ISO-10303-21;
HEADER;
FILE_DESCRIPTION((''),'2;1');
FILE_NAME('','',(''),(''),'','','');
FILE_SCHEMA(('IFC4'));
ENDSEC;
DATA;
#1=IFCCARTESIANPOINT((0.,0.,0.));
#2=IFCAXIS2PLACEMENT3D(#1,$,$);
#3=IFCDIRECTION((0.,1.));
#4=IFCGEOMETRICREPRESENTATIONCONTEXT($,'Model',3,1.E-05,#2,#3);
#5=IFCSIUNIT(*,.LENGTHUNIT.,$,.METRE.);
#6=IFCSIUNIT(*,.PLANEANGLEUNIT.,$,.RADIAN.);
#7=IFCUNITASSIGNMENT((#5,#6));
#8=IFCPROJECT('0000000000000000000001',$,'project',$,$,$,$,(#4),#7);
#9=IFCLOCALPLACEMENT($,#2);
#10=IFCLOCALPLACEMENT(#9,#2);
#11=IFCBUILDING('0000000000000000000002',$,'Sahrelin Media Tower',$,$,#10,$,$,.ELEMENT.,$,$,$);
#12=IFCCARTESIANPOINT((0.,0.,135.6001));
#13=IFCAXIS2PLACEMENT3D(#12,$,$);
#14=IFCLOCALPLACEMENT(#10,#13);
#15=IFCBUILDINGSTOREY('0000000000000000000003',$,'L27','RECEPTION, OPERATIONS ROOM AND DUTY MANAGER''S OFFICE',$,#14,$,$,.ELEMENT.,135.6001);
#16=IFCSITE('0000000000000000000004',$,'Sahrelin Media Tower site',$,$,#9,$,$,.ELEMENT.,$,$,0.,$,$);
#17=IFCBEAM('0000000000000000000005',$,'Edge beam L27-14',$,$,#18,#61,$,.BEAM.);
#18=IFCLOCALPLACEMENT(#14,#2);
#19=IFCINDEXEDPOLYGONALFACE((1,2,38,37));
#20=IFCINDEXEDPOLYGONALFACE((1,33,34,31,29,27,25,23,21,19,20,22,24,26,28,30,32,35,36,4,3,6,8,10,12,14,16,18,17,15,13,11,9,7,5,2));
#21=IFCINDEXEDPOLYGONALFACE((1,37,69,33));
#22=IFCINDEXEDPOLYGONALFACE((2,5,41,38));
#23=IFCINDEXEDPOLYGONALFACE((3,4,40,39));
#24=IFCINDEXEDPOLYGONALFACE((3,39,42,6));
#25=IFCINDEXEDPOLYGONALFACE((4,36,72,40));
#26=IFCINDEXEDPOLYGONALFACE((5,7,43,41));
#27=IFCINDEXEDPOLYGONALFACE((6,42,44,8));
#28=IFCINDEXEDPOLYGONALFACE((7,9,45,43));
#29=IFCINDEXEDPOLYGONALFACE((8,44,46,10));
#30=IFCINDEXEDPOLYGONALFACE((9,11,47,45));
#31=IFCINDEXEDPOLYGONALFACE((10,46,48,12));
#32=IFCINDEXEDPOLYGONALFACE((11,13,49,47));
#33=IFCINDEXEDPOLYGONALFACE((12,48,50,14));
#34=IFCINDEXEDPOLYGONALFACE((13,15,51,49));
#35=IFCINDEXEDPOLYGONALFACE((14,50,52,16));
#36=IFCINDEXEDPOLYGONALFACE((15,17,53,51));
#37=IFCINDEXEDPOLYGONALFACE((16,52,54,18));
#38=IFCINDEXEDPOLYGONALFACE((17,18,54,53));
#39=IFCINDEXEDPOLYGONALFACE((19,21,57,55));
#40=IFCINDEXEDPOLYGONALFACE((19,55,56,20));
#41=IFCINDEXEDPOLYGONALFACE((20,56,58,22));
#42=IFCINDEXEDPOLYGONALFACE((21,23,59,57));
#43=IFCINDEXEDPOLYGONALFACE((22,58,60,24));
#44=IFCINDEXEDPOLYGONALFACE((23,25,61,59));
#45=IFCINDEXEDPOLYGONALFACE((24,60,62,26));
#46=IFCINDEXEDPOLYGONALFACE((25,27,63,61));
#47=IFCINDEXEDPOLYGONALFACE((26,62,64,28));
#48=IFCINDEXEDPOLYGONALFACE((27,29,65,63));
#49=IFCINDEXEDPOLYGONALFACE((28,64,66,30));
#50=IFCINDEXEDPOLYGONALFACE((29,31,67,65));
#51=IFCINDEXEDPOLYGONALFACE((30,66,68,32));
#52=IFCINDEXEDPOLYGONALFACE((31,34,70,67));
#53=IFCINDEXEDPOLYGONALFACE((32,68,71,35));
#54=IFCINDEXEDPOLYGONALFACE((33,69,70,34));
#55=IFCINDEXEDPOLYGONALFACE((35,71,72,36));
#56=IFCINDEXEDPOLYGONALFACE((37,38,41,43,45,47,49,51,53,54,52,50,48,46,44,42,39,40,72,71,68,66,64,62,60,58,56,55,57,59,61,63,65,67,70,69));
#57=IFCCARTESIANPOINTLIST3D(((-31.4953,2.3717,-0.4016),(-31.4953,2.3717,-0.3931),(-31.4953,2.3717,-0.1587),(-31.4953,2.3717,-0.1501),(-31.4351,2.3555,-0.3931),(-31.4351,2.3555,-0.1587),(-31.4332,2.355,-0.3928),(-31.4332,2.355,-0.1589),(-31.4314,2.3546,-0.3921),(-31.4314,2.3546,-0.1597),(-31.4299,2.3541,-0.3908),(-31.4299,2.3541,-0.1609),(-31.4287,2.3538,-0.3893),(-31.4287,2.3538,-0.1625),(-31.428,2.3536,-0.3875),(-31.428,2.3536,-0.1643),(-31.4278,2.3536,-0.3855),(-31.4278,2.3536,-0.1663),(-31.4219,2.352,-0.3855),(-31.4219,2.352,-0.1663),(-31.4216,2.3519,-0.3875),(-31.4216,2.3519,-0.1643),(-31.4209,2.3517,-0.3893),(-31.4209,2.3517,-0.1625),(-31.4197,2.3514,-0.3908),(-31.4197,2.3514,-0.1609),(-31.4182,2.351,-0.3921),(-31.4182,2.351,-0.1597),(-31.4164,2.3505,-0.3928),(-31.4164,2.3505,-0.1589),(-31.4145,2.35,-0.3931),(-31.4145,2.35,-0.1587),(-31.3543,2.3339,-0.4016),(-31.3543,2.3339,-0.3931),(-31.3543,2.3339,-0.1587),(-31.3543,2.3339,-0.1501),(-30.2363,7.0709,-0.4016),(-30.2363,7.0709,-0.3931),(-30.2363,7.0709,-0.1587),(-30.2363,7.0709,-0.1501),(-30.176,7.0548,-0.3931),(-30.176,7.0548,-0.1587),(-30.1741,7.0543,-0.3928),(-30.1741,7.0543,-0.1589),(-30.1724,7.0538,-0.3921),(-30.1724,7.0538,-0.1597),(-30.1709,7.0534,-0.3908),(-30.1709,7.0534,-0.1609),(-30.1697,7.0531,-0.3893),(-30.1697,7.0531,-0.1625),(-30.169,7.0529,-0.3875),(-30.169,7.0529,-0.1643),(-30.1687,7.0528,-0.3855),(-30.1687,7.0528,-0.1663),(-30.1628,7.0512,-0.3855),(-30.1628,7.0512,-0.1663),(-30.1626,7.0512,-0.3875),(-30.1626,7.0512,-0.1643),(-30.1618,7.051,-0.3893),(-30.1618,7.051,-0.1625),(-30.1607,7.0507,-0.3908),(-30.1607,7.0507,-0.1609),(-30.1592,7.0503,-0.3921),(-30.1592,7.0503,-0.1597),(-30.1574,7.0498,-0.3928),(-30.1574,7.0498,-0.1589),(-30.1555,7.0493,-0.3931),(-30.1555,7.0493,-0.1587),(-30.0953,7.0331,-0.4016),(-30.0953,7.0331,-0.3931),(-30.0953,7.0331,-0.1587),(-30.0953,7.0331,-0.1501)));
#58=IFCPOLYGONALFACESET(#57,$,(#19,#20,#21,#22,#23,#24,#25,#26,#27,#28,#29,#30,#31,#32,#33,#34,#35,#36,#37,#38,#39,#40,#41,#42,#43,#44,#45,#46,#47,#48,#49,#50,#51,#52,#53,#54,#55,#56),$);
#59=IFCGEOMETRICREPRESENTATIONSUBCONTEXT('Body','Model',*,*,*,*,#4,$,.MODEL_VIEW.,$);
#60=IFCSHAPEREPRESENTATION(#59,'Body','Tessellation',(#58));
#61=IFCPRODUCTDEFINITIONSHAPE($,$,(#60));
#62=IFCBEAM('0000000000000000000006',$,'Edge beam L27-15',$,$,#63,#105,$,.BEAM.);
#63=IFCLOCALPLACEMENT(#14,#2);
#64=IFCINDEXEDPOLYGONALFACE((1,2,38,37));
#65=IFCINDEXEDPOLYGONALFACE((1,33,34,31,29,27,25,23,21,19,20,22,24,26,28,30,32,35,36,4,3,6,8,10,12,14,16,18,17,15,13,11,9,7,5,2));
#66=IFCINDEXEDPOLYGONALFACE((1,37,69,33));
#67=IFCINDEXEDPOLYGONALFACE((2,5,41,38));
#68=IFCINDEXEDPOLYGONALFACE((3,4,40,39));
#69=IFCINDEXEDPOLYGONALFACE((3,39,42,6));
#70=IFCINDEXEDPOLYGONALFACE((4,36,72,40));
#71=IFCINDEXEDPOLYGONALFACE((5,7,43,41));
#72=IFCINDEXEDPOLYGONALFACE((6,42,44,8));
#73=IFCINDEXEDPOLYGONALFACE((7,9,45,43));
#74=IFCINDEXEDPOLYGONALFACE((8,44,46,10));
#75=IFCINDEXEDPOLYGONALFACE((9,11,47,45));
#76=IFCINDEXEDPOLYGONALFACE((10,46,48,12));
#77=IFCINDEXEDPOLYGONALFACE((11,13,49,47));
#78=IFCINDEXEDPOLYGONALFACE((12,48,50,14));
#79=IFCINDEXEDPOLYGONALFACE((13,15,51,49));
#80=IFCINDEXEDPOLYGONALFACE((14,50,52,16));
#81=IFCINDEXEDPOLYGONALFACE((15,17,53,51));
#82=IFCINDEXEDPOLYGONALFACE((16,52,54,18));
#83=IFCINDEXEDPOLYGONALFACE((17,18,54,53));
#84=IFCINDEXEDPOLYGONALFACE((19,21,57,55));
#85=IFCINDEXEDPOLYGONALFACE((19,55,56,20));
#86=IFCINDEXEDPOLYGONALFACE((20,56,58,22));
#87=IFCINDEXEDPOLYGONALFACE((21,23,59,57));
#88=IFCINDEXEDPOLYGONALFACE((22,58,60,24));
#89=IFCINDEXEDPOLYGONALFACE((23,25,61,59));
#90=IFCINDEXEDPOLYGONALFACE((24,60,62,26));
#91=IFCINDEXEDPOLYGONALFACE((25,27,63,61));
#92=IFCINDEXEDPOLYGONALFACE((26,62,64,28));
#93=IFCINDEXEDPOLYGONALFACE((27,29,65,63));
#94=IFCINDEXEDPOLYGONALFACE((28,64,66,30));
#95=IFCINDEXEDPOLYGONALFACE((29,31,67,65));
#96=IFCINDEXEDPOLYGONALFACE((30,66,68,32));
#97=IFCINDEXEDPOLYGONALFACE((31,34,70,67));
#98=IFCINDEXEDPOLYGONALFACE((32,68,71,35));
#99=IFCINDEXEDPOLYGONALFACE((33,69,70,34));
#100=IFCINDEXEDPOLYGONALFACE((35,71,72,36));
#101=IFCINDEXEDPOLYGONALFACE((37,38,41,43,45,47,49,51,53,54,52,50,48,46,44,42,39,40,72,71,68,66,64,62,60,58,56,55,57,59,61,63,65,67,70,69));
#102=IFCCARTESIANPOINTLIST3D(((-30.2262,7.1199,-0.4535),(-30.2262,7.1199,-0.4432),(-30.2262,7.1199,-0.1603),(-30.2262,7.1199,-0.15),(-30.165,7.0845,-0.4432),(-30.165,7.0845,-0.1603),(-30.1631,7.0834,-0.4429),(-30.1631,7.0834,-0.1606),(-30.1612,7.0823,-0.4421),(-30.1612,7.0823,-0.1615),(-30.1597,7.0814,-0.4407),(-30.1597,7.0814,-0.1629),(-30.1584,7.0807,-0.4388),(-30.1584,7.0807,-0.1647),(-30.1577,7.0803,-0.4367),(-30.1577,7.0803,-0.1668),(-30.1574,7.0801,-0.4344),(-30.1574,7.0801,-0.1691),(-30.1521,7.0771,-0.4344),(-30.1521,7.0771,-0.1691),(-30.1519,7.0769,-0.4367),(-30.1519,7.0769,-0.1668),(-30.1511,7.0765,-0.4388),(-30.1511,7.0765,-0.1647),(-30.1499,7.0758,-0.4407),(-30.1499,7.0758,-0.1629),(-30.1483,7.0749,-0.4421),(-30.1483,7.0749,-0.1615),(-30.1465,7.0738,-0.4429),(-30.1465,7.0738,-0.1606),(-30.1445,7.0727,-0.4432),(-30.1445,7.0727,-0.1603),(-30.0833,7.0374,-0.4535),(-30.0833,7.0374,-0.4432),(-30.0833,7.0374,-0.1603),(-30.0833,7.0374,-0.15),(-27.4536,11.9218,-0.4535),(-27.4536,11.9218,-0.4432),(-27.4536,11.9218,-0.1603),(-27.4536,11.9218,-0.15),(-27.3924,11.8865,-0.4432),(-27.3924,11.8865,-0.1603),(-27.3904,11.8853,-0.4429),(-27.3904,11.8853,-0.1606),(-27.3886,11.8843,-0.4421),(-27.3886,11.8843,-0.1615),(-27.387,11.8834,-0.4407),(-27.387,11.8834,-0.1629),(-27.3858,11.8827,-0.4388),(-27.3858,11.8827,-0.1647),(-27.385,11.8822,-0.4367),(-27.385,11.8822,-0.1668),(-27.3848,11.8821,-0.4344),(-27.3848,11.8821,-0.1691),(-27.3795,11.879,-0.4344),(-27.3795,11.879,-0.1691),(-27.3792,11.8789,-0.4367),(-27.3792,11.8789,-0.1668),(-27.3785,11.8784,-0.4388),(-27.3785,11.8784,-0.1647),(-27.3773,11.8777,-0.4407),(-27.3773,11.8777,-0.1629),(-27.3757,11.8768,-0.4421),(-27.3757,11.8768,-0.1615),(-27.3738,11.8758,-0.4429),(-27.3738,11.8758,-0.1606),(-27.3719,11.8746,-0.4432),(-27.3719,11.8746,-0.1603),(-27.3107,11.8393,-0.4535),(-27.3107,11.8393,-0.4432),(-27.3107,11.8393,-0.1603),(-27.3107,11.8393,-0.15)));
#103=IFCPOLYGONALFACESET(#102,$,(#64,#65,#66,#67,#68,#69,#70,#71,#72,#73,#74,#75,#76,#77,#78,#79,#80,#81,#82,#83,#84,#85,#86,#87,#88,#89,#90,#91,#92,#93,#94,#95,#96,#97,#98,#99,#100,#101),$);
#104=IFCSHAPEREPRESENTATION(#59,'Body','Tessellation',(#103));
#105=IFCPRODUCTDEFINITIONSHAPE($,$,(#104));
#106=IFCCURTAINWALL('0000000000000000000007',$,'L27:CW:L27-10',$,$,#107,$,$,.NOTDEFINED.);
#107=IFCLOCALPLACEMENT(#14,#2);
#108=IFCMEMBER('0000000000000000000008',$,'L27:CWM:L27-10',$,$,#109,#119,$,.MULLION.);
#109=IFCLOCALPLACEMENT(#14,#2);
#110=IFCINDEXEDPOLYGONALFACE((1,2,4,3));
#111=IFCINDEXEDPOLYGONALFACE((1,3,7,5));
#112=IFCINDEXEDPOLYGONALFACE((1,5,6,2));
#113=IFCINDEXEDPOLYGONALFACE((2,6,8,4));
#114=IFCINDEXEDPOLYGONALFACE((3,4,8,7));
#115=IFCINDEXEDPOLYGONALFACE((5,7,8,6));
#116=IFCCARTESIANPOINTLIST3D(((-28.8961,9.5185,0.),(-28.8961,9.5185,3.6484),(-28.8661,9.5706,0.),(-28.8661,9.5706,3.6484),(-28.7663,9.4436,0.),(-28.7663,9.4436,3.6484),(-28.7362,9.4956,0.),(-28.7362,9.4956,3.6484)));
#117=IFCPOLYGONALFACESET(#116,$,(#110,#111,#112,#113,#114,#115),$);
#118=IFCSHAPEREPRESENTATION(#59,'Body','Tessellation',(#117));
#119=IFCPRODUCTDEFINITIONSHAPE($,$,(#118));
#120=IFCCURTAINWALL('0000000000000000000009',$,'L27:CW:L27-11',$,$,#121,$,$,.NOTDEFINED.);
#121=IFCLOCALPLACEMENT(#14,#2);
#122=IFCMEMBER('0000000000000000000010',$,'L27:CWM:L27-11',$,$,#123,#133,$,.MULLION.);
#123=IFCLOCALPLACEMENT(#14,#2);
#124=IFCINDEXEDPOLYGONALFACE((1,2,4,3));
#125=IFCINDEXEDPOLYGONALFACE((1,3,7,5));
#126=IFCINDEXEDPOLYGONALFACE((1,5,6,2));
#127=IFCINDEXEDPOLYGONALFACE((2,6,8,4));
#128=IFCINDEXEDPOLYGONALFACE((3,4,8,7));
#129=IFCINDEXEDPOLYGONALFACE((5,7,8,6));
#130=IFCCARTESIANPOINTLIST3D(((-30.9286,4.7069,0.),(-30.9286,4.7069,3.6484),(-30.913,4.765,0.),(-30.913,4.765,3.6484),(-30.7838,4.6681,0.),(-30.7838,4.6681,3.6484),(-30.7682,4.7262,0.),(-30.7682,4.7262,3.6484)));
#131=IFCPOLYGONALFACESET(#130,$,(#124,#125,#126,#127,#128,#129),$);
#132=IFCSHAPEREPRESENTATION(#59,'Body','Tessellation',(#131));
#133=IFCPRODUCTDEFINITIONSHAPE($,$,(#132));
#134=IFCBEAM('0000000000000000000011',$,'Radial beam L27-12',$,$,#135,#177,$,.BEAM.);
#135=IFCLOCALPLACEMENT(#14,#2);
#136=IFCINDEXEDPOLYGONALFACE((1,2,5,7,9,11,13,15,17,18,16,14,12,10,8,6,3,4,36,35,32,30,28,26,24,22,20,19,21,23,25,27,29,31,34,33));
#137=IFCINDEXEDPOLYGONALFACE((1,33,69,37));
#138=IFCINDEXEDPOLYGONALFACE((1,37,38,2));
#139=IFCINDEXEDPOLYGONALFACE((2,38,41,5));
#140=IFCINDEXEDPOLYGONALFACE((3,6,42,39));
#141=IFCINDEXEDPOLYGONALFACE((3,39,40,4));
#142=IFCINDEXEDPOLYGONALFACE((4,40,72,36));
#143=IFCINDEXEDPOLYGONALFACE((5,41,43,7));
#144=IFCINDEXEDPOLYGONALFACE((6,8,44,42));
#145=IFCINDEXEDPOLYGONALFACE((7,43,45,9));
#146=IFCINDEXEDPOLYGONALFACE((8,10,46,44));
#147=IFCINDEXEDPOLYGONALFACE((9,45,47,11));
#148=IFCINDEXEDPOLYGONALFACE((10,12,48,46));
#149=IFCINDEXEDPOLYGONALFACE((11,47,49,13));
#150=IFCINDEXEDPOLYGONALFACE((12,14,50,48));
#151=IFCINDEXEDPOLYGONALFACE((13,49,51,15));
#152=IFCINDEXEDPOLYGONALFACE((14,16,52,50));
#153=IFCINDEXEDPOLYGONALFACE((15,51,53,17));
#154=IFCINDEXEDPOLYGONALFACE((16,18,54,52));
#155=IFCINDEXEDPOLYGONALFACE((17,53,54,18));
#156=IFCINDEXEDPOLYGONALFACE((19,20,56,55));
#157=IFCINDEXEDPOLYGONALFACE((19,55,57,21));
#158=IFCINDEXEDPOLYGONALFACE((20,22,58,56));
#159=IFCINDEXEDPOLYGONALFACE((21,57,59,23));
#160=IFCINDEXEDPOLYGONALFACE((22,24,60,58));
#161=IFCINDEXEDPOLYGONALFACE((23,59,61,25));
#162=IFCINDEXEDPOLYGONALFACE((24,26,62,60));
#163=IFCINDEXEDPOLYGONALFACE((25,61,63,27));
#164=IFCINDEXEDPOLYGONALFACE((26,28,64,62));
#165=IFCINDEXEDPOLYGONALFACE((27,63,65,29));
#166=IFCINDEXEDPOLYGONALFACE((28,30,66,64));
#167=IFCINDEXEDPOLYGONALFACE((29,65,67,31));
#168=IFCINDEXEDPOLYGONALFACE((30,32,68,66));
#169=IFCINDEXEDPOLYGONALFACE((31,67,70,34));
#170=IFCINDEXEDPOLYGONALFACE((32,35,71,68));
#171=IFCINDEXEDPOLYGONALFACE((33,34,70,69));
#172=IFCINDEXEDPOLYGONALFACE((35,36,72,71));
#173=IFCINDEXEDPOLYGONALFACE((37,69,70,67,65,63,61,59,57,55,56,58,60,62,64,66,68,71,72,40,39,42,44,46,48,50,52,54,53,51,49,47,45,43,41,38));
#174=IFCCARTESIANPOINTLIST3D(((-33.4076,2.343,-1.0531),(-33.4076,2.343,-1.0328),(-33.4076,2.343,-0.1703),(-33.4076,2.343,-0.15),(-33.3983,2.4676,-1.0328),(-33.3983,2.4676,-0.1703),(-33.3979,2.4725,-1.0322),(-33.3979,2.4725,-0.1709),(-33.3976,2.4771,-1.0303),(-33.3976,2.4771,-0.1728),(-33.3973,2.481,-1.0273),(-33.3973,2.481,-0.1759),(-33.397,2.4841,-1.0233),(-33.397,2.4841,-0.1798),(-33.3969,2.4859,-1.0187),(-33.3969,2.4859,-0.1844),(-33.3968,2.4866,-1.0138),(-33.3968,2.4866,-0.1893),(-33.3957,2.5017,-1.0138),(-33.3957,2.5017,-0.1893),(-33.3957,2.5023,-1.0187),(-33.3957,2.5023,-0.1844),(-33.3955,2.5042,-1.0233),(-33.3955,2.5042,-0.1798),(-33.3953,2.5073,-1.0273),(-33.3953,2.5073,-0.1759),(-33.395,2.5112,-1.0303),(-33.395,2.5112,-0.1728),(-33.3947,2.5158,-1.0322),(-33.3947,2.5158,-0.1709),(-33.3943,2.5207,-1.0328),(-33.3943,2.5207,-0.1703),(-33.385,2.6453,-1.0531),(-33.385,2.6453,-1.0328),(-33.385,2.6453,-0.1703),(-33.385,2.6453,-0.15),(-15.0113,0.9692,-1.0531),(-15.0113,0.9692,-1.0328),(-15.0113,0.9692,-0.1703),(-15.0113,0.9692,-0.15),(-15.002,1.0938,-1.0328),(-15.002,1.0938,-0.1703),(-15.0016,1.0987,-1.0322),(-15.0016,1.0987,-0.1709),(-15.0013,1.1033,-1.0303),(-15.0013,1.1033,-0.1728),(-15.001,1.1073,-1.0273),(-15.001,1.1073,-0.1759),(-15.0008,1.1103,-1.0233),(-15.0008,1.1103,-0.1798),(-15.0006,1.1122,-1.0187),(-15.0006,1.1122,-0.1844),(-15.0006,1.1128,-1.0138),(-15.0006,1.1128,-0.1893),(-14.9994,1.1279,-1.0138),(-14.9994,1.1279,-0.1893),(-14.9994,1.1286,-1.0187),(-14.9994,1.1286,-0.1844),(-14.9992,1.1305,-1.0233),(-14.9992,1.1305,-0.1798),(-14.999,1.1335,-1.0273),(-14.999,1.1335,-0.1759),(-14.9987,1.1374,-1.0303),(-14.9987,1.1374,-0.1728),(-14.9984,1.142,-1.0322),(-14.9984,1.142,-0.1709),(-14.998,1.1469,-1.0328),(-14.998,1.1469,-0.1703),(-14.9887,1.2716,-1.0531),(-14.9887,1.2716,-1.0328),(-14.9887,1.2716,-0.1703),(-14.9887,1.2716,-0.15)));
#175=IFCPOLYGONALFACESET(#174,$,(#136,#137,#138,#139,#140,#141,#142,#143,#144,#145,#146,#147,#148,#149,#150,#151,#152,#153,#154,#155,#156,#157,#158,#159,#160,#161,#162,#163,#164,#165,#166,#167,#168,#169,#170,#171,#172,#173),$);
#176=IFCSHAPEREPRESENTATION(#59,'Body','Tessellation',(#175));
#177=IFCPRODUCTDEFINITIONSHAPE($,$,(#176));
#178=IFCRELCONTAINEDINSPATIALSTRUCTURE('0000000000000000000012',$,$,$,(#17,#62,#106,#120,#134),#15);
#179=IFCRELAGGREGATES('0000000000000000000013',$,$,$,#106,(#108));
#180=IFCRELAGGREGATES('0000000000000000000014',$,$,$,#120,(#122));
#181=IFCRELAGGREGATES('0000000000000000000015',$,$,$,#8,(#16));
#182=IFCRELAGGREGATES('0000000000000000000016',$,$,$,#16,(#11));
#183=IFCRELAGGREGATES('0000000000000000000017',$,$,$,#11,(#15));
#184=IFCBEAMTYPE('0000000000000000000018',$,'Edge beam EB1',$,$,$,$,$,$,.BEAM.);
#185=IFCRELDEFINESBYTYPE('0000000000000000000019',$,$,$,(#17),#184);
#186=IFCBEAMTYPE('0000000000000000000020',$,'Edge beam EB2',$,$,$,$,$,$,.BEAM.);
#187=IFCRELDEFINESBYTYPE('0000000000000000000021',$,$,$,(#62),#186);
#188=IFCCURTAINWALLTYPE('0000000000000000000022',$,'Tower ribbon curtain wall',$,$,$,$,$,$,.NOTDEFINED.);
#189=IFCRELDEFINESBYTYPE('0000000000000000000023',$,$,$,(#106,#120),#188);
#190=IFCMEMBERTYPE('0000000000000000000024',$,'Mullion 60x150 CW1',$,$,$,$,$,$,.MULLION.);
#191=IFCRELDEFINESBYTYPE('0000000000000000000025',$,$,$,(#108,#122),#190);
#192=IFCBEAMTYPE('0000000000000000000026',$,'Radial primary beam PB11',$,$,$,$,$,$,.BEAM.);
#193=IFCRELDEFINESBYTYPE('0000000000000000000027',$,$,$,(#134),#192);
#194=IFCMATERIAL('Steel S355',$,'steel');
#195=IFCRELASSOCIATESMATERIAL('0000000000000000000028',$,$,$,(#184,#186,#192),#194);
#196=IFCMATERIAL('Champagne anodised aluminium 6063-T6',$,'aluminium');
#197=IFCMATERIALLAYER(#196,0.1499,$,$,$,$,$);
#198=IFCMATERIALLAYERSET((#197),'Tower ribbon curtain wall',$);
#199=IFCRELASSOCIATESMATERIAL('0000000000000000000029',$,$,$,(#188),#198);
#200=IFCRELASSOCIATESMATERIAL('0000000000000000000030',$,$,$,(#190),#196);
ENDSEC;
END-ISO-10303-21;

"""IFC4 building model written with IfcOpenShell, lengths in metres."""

from ifc_helpers import new_model, si_unit, direction, frame, origin, origin_2d, place, context, subcontext, project, spatial, rectangle, i_section, extrude, material, layer, layer_set, material_profile, profile_set, type_object, element, aggregate, save


model = new_model("IFC4")

# Units and contexts
model_context = context("Model", 3, precision=1e-05, world=origin(), true_north=direction((0.0, 1.0)))
body_context = subcontext(model_context, "Body", "Model", "MODEL_VIEW")
ifc_project = project(units=[si_unit("LENGTHUNIT", "METRE"), si_unit("PLANEANGLEUNIT", "RADIAN")], contexts=[model_context])

# Site, building, storey
site_placement = place(None, origin())
site = spatial("IfcSite", under=ifc_project, at=site_placement, Name="Sahrelin Media Tower site", CompositionType="ELEMENT", RefElevation=0.0)
building_placement = place(site_placement, origin())
building = spatial("IfcBuilding", under=site, at=building_placement, Name="Sahrelin Media Tower", CompositionType="ELEMENT")
storey_placement = place(building_placement, frame((0.0, 0.0, 135.6001)))
storey = spatial("IfcBuildingStorey", under=building, at=storey_placement, Name="L27", Description="RECEPTION, OPERATIONS ROOM AND DUTY MANAGER'S OFFICE", CompositionType="ELEMENT", Elevation=135.6001)

# Beams
ifc_material_1 = material(Name="Steel S355", Category="steel")
ifc_material_profile_1 = material_profile(ifc_material_1, i_section(OverallWidth=0.146, OverallDepth=0.2515, WebThickness=0.0061, FlangeThickness=0.0085, FilletRadius=0.0076, at=origin_2d()), Name="UB 254x146x31")
ifc_profile_set_1 = profile_set([ifc_material_profile_1], Name="Steel S355")
beam_type_1 = type_object("IfcBeamType", Name="Edge beam EB1", PredefinedType="BEAM", material=ifc_profile_set_1)
beam_1_placement = place(storey_placement, frame((-31.4248, 2.3528, -0.2759), z_axis=(0.258796, 0.965932, 0.0), x_axis=(-0.965932, 0.258796, 0.0)))
element("IfcBeam", 1, at=beam_1_placement, inside=storey, type_object=beam_type_1, Name="Edge beam L27-14", PredefinedType="BEAM", context=body_context, shape_type="SweptSolid", body=[
    extrude(i_section(OverallWidth=0.146, OverallDepth=0.2515, WebThickness=0.0061, FlangeThickness=0.0085, FilletRadius=0.0076, at=origin_2d()), origin(), (0.0, 0.0, 1.0), 4.865),
])
ifc_material_profile_2 = material_profile(ifc_material_1, i_section(OverallWidth=0.165, OverallDepth=0.3035, WebThickness=0.0061, FlangeThickness=0.0103, FilletRadius=0.0088, at=origin_2d()), Name="UB 305x165x40")
ifc_profile_set_2 = profile_set([ifc_material_profile_2], Name="Steel S355")
beam_type_2 = type_object("IfcBeamType", Name="Edge beam EB2", PredefinedType="BEAM", material=ifc_profile_set_2)
beam_2_placement = place(storey_placement, frame((-30.1548, 7.0786, -0.3018), z_axis=(0.500036, 0.866004, 0.0), x_axis=(-0.866004, 0.500036, 0.0)))
element("IfcBeam", 2, at=beam_2_placement, inside=storey, type_object=beam_type_2, Name="Edge beam L27-15", PredefinedType="BEAM", context=body_context, shape_type="SweptSolid", body=[
    extrude(i_section(OverallWidth=0.165, OverallDepth=0.3035, WebThickness=0.0061, FlangeThickness=0.0103, FilletRadius=0.0088, at=origin_2d()), origin(), (0.0, 0.0, 1.0), 5.5449),
])

# Curtain walls, members
ifc_material_2 = material(Name="Champagne anodised aluminium 6063-T6", Category="aluminium")
ifc_layer_1 = layer(ifc_material_2, 0.1499)
ifc_layer_set_1 = layer_set([ifc_layer_1], Name="Tower ribbon curtain wall")
curtain_wall_type = type_object("IfcCurtainWallType", Name="Tower ribbon curtain wall", PredefinedType="NOTDEFINED", material=ifc_layer_set_1)
curtain_wall_1_placement = place(storey_placement, frame((-28.8984, 9.5547, 0.0), z_axis=(0.0, 0.0, 1.0), x_axis=(1.0, 0.0, 0.0)))
curtain_wall_1 = element("IfcCurtainWall", 3, at=curtain_wall_1_placement, inside=storey, type_object=curtain_wall_type, Name="L27:CW:L27-10", PredefinedType="NOTDEFINED")
ifc_material_profile_3 = material_profile(ifc_material_2, rectangle(XDim=0.0601, YDim=0.1499, at=origin_2d()), Name="Mullion 60x150")
ifc_profile_set_3 = profile_set([ifc_material_profile_3], Name="Champagne anodised aluminium 6063-T6")
member_type_1 = type_object("IfcMemberType", Name="Mullion 60x150 CW1", PredefinedType="MULLION", material=ifc_profile_set_3)
member_1_placement = place(storey_placement, frame((-28.8162, 9.5071, 0.0), z_axis=(0.0, 0.0, 1.0), x_axis=(-0.499994, -0.866029, 0.0)))
member_1 = element("IfcMember", 4, at=member_1_placement, type_object=member_type_1, Name="L27:CWM:L27-10", PredefinedType="MULLION", context=body_context, shape_type="SweptSolid", body=[
    extrude(rectangle(XDim=0.0601, YDim=0.1499, at=origin_2d()), origin(), (0.0, 0.0, 1.0), 3.6484),
])
aggregate(curtain_wall_1, [member_1])
curtain_wall_2_placement = place(storey_placement, frame((-30.9402, 4.7412, 0.0), z_axis=(0.0, 0.0, 1.0), x_axis=(1.0, 0.0, 0.0)))
curtain_wall_2 = element("IfcCurtainWall", 5, at=curtain_wall_2_placement, inside=storey, type_object=curtain_wall_type, Name="L27:CW:L27-11", PredefinedType="NOTDEFINED")
member_2_placement = place(storey_placement, frame((-30.8484, 4.7166, 0.0), z_axis=(0.0, 0.0, 1.0), x_axis=(-0.258827, -0.965924, 0.0)))
member_2 = element("IfcMember", 6, at=member_2_placement, type_object=member_type_1, Name="L27:CWM:L27-11", PredefinedType="MULLION", context=body_context, shape_type="SweptSolid", body=[
    extrude(rectangle(XDim=0.0601, YDim=0.1499, at=origin_2d()), origin(), (0.0, 0.0, 1.0), 3.6484),
])

# Beam
ifc_material_profile_4 = material_profile(ifc_material_1, i_section(OverallWidth=0.3032, OverallDepth=0.9031, WebThickness=0.0151, FlangeThickness=0.0203, FilletRadius=0.019, at=origin_2d()), Name="UB 914x305x201")
ifc_profile_set_4 = profile_set([ifc_material_profile_4], Name="Steel S355")
beam_type_3 = type_object("IfcBeamType", Name="Radial primary beam PB11", PredefinedType="BEAM", material=ifc_profile_set_4)
beam_3_placement = place(storey_placement, frame((-15.0, 1.1204, -0.6016), z_axis=(-0.997223, 0.07447, 0.0), x_axis=(-0.07447, -0.997223, 0.0)))
element("IfcBeam", 7, at=beam_3_placement, inside=storey, type_object=beam_type_3, Name="Radial beam L27-12", PredefinedType="BEAM", context=body_context, shape_type="SweptSolid", body=[
    extrude(i_section(OverallWidth=0.3032, OverallDepth=0.9031, WebThickness=0.0151, FlangeThickness=0.0203, FilletRadius=0.019, at=origin_2d()), origin(), (0.0, 0.0, 1.0), 18.4475),
])

aggregate(curtain_wall_2, [member_2])

save(model, "model.ifc")
